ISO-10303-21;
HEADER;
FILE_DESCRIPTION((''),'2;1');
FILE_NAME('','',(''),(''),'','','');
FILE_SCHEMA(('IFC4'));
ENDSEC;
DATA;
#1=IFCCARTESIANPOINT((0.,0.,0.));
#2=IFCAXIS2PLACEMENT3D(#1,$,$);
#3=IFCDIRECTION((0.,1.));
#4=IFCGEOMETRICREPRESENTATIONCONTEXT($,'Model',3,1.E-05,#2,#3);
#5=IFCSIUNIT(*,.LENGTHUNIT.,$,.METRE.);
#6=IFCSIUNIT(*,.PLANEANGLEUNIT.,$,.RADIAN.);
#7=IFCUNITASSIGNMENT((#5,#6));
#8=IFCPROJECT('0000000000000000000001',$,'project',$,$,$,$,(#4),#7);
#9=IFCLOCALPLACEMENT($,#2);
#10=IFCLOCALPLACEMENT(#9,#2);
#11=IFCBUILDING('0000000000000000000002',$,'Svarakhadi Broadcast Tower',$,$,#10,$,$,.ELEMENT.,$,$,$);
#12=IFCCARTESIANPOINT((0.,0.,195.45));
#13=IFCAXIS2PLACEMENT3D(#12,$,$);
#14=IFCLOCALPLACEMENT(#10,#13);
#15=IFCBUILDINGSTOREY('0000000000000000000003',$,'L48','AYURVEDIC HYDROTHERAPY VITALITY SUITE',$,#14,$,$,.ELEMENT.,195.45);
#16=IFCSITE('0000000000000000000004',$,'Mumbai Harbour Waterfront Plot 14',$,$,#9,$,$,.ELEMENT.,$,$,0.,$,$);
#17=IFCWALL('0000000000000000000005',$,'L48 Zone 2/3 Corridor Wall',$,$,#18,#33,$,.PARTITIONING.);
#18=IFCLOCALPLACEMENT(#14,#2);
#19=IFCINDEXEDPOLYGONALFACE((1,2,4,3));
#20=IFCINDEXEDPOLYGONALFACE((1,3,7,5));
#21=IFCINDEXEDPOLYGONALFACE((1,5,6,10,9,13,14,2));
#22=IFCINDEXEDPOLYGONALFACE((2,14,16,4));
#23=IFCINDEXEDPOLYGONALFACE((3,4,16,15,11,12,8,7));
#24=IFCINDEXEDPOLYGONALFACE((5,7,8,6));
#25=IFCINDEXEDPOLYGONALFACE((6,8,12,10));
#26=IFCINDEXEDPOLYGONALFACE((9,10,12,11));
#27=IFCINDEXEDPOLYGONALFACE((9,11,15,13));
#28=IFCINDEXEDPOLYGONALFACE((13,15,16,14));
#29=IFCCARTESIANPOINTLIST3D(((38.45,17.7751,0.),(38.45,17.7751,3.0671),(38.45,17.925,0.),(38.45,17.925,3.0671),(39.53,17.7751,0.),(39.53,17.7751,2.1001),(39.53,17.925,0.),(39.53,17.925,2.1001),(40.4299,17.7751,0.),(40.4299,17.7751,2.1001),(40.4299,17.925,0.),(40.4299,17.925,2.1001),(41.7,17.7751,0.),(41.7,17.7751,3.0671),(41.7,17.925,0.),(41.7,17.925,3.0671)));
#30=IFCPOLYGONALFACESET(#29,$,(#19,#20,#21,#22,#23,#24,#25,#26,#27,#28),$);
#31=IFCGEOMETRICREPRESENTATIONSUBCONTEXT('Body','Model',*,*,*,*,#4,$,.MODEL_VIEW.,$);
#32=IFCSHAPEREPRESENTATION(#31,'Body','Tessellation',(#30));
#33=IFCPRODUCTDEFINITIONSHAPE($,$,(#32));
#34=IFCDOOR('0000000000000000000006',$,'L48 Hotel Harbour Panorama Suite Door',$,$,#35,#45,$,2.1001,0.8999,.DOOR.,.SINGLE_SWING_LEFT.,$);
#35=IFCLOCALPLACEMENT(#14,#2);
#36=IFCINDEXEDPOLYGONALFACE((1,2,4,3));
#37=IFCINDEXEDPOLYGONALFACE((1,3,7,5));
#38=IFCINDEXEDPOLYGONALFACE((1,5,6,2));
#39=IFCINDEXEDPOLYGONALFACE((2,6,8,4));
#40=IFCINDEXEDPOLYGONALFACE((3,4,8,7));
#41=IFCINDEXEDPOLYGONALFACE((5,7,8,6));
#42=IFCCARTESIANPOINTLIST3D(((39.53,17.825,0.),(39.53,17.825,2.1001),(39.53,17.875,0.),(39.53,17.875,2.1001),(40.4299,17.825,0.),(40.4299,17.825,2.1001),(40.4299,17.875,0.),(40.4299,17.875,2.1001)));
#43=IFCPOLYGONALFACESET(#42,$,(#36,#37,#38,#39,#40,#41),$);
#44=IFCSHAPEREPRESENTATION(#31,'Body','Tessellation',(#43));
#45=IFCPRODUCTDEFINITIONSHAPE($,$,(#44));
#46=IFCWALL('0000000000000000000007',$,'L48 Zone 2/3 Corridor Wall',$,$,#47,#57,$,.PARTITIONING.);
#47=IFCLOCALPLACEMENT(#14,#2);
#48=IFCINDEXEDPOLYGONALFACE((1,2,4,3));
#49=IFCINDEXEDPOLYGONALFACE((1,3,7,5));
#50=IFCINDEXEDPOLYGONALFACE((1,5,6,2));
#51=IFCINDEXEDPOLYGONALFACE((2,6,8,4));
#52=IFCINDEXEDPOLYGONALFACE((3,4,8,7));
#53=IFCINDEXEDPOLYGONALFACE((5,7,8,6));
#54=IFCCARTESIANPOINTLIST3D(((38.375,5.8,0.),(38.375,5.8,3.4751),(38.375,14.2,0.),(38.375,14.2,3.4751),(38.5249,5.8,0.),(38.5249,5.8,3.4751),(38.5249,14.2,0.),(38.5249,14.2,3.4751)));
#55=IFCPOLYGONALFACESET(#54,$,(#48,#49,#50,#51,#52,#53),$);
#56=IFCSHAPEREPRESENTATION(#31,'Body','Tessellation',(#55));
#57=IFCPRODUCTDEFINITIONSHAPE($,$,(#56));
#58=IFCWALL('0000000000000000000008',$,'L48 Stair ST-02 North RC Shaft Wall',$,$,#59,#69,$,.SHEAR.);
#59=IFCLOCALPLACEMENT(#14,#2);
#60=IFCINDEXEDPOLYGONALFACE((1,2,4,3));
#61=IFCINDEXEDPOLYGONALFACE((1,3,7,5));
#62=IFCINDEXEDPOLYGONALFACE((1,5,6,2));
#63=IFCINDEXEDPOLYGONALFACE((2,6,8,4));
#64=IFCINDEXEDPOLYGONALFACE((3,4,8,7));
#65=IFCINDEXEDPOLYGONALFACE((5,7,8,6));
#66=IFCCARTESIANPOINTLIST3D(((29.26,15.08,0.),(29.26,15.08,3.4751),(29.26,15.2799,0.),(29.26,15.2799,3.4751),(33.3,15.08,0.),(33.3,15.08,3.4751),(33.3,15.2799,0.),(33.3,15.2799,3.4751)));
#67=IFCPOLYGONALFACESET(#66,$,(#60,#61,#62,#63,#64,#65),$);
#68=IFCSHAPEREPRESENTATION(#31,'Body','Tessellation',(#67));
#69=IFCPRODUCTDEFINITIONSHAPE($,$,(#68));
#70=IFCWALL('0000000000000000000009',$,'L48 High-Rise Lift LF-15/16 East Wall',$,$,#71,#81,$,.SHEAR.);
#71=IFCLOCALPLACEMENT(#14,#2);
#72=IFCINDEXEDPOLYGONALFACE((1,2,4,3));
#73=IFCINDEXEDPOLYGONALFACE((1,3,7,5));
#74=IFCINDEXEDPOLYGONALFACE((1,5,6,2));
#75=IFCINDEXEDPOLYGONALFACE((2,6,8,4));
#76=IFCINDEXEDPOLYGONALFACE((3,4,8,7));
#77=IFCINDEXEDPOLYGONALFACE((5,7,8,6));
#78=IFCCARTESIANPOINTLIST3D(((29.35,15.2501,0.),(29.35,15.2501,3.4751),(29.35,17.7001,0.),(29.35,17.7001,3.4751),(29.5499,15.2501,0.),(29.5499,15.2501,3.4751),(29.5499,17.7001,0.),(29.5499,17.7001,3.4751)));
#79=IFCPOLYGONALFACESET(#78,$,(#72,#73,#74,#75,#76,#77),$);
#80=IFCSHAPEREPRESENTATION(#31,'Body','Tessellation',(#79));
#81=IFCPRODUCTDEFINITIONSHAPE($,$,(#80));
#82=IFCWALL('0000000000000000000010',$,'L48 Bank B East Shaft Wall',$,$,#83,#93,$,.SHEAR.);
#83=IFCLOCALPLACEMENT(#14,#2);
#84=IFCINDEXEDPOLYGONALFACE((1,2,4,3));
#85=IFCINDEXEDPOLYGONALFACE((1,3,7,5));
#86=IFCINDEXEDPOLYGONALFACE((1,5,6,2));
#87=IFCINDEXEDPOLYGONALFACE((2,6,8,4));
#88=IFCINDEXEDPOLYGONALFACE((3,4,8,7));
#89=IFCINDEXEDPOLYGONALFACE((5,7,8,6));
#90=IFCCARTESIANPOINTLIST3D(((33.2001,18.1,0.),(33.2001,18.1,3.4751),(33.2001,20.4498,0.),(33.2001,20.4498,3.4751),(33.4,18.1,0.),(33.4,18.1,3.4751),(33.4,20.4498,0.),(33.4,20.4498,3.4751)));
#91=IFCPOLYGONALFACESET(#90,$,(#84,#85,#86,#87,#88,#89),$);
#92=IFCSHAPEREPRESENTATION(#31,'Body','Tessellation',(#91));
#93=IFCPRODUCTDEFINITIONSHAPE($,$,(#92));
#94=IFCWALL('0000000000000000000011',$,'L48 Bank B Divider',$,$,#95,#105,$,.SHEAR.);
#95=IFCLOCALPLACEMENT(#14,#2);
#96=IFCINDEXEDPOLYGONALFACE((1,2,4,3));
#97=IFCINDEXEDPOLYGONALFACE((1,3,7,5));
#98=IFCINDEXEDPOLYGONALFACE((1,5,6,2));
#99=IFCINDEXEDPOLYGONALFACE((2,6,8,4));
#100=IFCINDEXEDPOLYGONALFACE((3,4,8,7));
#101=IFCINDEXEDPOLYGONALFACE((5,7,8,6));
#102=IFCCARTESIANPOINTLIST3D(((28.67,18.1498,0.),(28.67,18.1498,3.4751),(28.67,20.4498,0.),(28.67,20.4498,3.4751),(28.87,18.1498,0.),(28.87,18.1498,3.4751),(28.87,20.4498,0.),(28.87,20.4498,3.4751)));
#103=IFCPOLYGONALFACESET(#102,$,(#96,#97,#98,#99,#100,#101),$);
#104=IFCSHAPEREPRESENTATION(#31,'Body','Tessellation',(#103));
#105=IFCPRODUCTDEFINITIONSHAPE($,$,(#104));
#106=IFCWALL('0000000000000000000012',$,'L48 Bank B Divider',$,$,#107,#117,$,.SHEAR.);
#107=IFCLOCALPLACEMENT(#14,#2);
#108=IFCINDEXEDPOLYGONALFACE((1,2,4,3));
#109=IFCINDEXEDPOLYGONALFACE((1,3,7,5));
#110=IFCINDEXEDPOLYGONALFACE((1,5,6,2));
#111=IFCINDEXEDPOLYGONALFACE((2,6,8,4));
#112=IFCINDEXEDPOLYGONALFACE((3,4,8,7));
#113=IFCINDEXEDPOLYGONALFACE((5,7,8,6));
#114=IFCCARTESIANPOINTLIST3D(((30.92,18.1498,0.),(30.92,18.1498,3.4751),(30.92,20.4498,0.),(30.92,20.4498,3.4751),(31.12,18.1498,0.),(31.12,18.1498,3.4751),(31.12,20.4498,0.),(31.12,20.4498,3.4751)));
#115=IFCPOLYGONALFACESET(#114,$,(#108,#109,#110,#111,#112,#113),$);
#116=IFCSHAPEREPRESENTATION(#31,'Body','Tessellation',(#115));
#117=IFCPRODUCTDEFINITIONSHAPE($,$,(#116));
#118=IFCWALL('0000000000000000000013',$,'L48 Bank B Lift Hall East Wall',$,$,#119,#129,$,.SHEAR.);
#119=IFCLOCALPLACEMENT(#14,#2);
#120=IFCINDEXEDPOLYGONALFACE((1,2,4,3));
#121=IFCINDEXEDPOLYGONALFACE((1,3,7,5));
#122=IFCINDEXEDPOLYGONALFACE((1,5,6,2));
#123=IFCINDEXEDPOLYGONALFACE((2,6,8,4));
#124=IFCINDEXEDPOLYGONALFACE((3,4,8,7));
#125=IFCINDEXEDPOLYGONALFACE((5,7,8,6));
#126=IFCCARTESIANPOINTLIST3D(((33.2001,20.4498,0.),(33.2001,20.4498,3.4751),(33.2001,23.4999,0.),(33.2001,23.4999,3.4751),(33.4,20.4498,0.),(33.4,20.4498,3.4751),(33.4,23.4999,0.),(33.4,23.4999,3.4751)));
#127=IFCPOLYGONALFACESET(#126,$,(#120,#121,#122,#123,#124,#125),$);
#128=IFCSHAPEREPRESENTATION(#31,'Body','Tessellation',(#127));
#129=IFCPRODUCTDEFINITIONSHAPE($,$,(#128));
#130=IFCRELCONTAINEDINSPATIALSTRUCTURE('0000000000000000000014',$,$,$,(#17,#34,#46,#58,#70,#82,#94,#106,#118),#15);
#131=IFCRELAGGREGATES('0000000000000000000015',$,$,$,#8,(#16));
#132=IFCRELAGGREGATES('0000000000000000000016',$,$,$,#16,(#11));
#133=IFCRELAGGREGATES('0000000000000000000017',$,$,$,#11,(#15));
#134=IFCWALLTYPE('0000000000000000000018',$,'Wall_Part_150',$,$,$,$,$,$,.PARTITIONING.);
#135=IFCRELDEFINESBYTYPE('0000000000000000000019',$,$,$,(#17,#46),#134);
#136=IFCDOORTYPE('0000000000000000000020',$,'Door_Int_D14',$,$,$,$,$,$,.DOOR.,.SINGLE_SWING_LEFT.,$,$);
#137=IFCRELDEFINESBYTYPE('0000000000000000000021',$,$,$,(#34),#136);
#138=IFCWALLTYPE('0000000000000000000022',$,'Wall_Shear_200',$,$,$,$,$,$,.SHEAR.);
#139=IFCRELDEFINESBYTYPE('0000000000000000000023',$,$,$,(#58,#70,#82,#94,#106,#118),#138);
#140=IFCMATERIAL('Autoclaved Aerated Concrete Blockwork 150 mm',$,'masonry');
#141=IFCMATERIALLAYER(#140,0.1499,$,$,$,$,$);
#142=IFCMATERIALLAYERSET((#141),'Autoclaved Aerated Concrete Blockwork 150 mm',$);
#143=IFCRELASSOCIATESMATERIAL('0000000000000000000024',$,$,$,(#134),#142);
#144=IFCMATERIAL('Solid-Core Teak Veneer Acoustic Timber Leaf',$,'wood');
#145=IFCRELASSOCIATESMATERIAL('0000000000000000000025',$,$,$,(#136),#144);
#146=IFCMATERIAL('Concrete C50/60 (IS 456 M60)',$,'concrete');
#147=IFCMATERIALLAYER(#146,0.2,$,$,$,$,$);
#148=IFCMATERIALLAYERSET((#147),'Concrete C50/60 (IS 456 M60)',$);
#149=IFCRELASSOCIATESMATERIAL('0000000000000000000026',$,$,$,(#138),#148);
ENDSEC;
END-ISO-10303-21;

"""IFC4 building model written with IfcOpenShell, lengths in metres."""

from ifc_helpers import new_model, si_unit, direction, frame, frame_2d, origin, place, context, subcontext, project, spatial, rectangle, extrude, material, layer, layer_set, type_object, element, fill, save


model = new_model("IFC4")

# Units and contexts
model_context = context("Model", 3, precision=1e-05, world=origin(), true_north=direction((0.0, 1.0)))
body_context = subcontext(model_context, "Body", "Model", "MODEL_VIEW")
ifc_project = project(units=[si_unit("LENGTHUNIT", "METRE"), si_unit("PLANEANGLEUNIT", "RADIAN")], contexts=[model_context])

# Site, building, storey
site_placement = place(None, origin())
site = spatial("IfcSite", under=ifc_project, at=site_placement, Name="Mumbai Harbour Waterfront Plot 14", CompositionType="ELEMENT", RefElevation=0.0)
building_placement = place(site_placement, origin())
building = spatial("IfcBuilding", under=site, at=building_placement, Name="Svarakhadi Broadcast Tower", CompositionType="ELEMENT")
storey_placement = place(building_placement, frame((0.0, 0.0, 195.45)))
storey = spatial("IfcBuildingStorey", under=building, at=storey_placement, Name="L48", Description="AYURVEDIC HYDROTHERAPY VITALITY SUITE", CompositionType="ELEMENT", Elevation=195.45)

# Shared definitions
ifc_material_1 = material(Name="Concrete C50/60 (IS 456 M60)", Category="concrete")

# Shared definitions
ifc_material_2 = material(Name="Autoclaved Aerated Concrete Blockwork 150 mm", Category="masonry")
ifc_layer_1 = layer(ifc_material_2, 0.1499)
ifc_layer_set_1 = layer_set([ifc_layer_1], Name="Autoclaved Aerated Concrete Blockwork 150 mm")
wall_type_1 = type_object("IfcWallType", Name="Wall_Part_150", PredefinedType="PARTITIONING", material=ifc_layer_set_1)

# Shared definitions
ifc_material_3 = material(Name="Solid-Core Teak Veneer Acoustic Timber Leaf", Category="wood")
door_type = type_object("IfcDoorType", Name="Door_Int_D14", OperationType="SINGLE_SWING_LEFT", PredefinedType="DOOR", material=ifc_material_3)

# Wall, opening, door
wall_1_placement = place(storey_placement, frame((38.45, 17.8501, 0.0), z_axis=(0.0, 0.0, 1.0), x_axis=(1.0, 0.0, 0.0)))
wall_1 = element("IfcWall", 1, at=wall_1_placement, inside=storey, type_object=wall_type_1, Name="L48 Zone 2/3 Corridor Wall", PredefinedType="PARTITIONING", context=body_context, shape_type="SweptSolid", body=[
    extrude(rectangle(XDim=3.25, YDim=0.1499, at=frame_2d((1.625, 0.0))), origin(), (0.0, 0.0, 1.0), 3.0671),
])
opening_1_placement = place(wall_1_placement, frame((1.0801, 0.0, 0.0)))
opening_1 = element("IfcOpeningElement", 2, at=opening_1_placement, cuts=wall_1, PredefinedType="OPENING", context=body_context, shape_type="SweptSolid", body=[
    extrude(rectangle(XDim=0.8999, YDim=2.1001, at=frame_2d((0.45, 1.05))), frame((0.0, 0.085, 0.0), z_axis=(0.0, -1.0, 0.0), x_axis=(1.0, 0.0, 0.0)), (0.0, 0.0, 1.0), 0.1699),
])
door_1_placement = place(opening_1_placement, origin())
door_1 = element("IfcDoor", 3, at=door_1_placement, inside=storey, type_object=door_type, Name="L48 Hotel Harbour Panorama Suite Door", OperationType="SINGLE_SWING_LEFT", OverallHeight=2.1001, OverallWidth=0.8999, PredefinedType="DOOR", context=body_context, shape_type="SweptSolid", body=[
    extrude(rectangle(XDim=0.8999, YDim=2.1001, at=frame_2d((0.45, 1.05))), frame((0.0, 0.0249, 0.0), z_axis=(0.0, -1.0, 0.0), x_axis=(1.0, 0.0, 0.0)), (0.0, 0.0, 1.0), 0.05),
])
fill(opening_1, door_1)

# Walls
wall_2_placement = place(storey_placement, frame((38.45, 14.2, 0.0), z_axis=(0.0, 0.0, 1.0), x_axis=(0.0, -1.0, 0.0)))
element("IfcWall", 4, at=wall_2_placement, inside=storey, type_object=wall_type_1, Name="L48 Zone 2/3 Corridor Wall", PredefinedType="PARTITIONING", context=body_context, shape_type="SweptSolid", body=[
    extrude(rectangle(XDim=8.3999, YDim=0.1499, at=frame_2d((4.2, 0.0))), origin(), (0.0, 0.0, 1.0), 3.4751),
])
ifc_layer_2 = layer(ifc_material_1, 0.2)
ifc_layer_set_2 = layer_set([ifc_layer_2], Name="Concrete C50/60 (IS 456 M60)")
wall_type_2 = type_object("IfcWallType", Name="Wall_Shear_200", PredefinedType="SHEAR", material=ifc_layer_set_2)
wall_3_placement = place(storey_placement, frame((29.26, 15.1799, 0.0), z_axis=(0.0, 0.0, 1.0), x_axis=(1.0, 0.0, 0.0)))
element("IfcWall", 5, at=wall_3_placement, inside=storey, type_object=wall_type_2, Name="L48 Stair ST-02 North RC Shaft Wall", PredefinedType="SHEAR", context=body_context, shape_type="SweptSolid", body=[
    extrude(rectangle(XDim=4.04, YDim=0.2, at=frame_2d((2.02, 0.0))), origin(), (0.0, 0.0, 1.0), 3.4751),
])
wall_4_placement = place(storey_placement, frame((29.45, 15.25, 0.0), z_axis=(0.0, 0.0, 1.0), x_axis=(0.0, 1.0, 0.0)))
element("IfcWall", 6, at=wall_4_placement, inside=storey, type_object=wall_type_2, Name="L48 High-Rise Lift LF-15/16 East Wall", PredefinedType="SHEAR", context=body_context, shape_type="SweptSolid", body=[
    extrude(rectangle(XDim=2.45, YDim=0.2, at=frame_2d((1.2251, 0.0))), origin(), (0.0, 0.0, 1.0), 3.4751),
])
wall_5_placement = place(storey_placement, frame((33.3, 18.1001, 0.0), z_axis=(0.0, 0.0, 1.0), x_axis=(0.0, 1.0, 0.0)))
element("IfcWall", 7, at=wall_5_placement, inside=storey, type_object=wall_type_2, Name="L48 Bank B East Shaft Wall", PredefinedType="SHEAR", context=body_context, shape_type="SweptSolid", body=[
    extrude(rectangle(XDim=2.3499, YDim=0.2, at=frame_2d((1.1748, 0.0))), origin(), (0.0, 0.0, 1.0), 3.4751),
])
for number, where, z_axis, x_axis, name in (
    (8, (28.77, 18.1499, 0.0), (0.0, 0.0, 1.0), (0.0, 1.0, 0.0), "L48 Bank B Divider"),
    (9, (31.02, 18.1499, 0.0), (0.0, 0.0, 1.0), (0.0, 1.0, 0.0), "L48 Bank B Divider"),
):
    element("IfcWall", number, at=place(storey_placement, frame(where, z_axis=z_axis, x_axis=x_axis)), inside=storey, type_object=wall_type_2, Name=name, PredefinedType="SHEAR", context=body_context, shape_type="SweptSolid", body=[
        extrude(rectangle(XDim=2.3, YDim=0.2, at=frame_2d((1.1499, 0.0))), origin(), (0.0, 0.0, 1.0), 3.4751),
    ])
wall_6_placement = place(storey_placement, frame((33.3, 20.45, 0.0), z_axis=(0.0, 0.0, 1.0), x_axis=(0.0, 1.0, 0.0)))
element("IfcWall", 10, at=wall_6_placement, inside=storey, type_object=wall_type_2, Name="L48 Bank B Lift Hall East Wall", PredefinedType="SHEAR", context=body_context, shape_type="SweptSolid", body=[
    extrude(rectangle(XDim=3.05, YDim=0.2, at=frame_2d((1.5249, 0.0))), origin(), (0.0, 0.0, 1.0), 3.4751),
])

save(model, "model.ifc")
